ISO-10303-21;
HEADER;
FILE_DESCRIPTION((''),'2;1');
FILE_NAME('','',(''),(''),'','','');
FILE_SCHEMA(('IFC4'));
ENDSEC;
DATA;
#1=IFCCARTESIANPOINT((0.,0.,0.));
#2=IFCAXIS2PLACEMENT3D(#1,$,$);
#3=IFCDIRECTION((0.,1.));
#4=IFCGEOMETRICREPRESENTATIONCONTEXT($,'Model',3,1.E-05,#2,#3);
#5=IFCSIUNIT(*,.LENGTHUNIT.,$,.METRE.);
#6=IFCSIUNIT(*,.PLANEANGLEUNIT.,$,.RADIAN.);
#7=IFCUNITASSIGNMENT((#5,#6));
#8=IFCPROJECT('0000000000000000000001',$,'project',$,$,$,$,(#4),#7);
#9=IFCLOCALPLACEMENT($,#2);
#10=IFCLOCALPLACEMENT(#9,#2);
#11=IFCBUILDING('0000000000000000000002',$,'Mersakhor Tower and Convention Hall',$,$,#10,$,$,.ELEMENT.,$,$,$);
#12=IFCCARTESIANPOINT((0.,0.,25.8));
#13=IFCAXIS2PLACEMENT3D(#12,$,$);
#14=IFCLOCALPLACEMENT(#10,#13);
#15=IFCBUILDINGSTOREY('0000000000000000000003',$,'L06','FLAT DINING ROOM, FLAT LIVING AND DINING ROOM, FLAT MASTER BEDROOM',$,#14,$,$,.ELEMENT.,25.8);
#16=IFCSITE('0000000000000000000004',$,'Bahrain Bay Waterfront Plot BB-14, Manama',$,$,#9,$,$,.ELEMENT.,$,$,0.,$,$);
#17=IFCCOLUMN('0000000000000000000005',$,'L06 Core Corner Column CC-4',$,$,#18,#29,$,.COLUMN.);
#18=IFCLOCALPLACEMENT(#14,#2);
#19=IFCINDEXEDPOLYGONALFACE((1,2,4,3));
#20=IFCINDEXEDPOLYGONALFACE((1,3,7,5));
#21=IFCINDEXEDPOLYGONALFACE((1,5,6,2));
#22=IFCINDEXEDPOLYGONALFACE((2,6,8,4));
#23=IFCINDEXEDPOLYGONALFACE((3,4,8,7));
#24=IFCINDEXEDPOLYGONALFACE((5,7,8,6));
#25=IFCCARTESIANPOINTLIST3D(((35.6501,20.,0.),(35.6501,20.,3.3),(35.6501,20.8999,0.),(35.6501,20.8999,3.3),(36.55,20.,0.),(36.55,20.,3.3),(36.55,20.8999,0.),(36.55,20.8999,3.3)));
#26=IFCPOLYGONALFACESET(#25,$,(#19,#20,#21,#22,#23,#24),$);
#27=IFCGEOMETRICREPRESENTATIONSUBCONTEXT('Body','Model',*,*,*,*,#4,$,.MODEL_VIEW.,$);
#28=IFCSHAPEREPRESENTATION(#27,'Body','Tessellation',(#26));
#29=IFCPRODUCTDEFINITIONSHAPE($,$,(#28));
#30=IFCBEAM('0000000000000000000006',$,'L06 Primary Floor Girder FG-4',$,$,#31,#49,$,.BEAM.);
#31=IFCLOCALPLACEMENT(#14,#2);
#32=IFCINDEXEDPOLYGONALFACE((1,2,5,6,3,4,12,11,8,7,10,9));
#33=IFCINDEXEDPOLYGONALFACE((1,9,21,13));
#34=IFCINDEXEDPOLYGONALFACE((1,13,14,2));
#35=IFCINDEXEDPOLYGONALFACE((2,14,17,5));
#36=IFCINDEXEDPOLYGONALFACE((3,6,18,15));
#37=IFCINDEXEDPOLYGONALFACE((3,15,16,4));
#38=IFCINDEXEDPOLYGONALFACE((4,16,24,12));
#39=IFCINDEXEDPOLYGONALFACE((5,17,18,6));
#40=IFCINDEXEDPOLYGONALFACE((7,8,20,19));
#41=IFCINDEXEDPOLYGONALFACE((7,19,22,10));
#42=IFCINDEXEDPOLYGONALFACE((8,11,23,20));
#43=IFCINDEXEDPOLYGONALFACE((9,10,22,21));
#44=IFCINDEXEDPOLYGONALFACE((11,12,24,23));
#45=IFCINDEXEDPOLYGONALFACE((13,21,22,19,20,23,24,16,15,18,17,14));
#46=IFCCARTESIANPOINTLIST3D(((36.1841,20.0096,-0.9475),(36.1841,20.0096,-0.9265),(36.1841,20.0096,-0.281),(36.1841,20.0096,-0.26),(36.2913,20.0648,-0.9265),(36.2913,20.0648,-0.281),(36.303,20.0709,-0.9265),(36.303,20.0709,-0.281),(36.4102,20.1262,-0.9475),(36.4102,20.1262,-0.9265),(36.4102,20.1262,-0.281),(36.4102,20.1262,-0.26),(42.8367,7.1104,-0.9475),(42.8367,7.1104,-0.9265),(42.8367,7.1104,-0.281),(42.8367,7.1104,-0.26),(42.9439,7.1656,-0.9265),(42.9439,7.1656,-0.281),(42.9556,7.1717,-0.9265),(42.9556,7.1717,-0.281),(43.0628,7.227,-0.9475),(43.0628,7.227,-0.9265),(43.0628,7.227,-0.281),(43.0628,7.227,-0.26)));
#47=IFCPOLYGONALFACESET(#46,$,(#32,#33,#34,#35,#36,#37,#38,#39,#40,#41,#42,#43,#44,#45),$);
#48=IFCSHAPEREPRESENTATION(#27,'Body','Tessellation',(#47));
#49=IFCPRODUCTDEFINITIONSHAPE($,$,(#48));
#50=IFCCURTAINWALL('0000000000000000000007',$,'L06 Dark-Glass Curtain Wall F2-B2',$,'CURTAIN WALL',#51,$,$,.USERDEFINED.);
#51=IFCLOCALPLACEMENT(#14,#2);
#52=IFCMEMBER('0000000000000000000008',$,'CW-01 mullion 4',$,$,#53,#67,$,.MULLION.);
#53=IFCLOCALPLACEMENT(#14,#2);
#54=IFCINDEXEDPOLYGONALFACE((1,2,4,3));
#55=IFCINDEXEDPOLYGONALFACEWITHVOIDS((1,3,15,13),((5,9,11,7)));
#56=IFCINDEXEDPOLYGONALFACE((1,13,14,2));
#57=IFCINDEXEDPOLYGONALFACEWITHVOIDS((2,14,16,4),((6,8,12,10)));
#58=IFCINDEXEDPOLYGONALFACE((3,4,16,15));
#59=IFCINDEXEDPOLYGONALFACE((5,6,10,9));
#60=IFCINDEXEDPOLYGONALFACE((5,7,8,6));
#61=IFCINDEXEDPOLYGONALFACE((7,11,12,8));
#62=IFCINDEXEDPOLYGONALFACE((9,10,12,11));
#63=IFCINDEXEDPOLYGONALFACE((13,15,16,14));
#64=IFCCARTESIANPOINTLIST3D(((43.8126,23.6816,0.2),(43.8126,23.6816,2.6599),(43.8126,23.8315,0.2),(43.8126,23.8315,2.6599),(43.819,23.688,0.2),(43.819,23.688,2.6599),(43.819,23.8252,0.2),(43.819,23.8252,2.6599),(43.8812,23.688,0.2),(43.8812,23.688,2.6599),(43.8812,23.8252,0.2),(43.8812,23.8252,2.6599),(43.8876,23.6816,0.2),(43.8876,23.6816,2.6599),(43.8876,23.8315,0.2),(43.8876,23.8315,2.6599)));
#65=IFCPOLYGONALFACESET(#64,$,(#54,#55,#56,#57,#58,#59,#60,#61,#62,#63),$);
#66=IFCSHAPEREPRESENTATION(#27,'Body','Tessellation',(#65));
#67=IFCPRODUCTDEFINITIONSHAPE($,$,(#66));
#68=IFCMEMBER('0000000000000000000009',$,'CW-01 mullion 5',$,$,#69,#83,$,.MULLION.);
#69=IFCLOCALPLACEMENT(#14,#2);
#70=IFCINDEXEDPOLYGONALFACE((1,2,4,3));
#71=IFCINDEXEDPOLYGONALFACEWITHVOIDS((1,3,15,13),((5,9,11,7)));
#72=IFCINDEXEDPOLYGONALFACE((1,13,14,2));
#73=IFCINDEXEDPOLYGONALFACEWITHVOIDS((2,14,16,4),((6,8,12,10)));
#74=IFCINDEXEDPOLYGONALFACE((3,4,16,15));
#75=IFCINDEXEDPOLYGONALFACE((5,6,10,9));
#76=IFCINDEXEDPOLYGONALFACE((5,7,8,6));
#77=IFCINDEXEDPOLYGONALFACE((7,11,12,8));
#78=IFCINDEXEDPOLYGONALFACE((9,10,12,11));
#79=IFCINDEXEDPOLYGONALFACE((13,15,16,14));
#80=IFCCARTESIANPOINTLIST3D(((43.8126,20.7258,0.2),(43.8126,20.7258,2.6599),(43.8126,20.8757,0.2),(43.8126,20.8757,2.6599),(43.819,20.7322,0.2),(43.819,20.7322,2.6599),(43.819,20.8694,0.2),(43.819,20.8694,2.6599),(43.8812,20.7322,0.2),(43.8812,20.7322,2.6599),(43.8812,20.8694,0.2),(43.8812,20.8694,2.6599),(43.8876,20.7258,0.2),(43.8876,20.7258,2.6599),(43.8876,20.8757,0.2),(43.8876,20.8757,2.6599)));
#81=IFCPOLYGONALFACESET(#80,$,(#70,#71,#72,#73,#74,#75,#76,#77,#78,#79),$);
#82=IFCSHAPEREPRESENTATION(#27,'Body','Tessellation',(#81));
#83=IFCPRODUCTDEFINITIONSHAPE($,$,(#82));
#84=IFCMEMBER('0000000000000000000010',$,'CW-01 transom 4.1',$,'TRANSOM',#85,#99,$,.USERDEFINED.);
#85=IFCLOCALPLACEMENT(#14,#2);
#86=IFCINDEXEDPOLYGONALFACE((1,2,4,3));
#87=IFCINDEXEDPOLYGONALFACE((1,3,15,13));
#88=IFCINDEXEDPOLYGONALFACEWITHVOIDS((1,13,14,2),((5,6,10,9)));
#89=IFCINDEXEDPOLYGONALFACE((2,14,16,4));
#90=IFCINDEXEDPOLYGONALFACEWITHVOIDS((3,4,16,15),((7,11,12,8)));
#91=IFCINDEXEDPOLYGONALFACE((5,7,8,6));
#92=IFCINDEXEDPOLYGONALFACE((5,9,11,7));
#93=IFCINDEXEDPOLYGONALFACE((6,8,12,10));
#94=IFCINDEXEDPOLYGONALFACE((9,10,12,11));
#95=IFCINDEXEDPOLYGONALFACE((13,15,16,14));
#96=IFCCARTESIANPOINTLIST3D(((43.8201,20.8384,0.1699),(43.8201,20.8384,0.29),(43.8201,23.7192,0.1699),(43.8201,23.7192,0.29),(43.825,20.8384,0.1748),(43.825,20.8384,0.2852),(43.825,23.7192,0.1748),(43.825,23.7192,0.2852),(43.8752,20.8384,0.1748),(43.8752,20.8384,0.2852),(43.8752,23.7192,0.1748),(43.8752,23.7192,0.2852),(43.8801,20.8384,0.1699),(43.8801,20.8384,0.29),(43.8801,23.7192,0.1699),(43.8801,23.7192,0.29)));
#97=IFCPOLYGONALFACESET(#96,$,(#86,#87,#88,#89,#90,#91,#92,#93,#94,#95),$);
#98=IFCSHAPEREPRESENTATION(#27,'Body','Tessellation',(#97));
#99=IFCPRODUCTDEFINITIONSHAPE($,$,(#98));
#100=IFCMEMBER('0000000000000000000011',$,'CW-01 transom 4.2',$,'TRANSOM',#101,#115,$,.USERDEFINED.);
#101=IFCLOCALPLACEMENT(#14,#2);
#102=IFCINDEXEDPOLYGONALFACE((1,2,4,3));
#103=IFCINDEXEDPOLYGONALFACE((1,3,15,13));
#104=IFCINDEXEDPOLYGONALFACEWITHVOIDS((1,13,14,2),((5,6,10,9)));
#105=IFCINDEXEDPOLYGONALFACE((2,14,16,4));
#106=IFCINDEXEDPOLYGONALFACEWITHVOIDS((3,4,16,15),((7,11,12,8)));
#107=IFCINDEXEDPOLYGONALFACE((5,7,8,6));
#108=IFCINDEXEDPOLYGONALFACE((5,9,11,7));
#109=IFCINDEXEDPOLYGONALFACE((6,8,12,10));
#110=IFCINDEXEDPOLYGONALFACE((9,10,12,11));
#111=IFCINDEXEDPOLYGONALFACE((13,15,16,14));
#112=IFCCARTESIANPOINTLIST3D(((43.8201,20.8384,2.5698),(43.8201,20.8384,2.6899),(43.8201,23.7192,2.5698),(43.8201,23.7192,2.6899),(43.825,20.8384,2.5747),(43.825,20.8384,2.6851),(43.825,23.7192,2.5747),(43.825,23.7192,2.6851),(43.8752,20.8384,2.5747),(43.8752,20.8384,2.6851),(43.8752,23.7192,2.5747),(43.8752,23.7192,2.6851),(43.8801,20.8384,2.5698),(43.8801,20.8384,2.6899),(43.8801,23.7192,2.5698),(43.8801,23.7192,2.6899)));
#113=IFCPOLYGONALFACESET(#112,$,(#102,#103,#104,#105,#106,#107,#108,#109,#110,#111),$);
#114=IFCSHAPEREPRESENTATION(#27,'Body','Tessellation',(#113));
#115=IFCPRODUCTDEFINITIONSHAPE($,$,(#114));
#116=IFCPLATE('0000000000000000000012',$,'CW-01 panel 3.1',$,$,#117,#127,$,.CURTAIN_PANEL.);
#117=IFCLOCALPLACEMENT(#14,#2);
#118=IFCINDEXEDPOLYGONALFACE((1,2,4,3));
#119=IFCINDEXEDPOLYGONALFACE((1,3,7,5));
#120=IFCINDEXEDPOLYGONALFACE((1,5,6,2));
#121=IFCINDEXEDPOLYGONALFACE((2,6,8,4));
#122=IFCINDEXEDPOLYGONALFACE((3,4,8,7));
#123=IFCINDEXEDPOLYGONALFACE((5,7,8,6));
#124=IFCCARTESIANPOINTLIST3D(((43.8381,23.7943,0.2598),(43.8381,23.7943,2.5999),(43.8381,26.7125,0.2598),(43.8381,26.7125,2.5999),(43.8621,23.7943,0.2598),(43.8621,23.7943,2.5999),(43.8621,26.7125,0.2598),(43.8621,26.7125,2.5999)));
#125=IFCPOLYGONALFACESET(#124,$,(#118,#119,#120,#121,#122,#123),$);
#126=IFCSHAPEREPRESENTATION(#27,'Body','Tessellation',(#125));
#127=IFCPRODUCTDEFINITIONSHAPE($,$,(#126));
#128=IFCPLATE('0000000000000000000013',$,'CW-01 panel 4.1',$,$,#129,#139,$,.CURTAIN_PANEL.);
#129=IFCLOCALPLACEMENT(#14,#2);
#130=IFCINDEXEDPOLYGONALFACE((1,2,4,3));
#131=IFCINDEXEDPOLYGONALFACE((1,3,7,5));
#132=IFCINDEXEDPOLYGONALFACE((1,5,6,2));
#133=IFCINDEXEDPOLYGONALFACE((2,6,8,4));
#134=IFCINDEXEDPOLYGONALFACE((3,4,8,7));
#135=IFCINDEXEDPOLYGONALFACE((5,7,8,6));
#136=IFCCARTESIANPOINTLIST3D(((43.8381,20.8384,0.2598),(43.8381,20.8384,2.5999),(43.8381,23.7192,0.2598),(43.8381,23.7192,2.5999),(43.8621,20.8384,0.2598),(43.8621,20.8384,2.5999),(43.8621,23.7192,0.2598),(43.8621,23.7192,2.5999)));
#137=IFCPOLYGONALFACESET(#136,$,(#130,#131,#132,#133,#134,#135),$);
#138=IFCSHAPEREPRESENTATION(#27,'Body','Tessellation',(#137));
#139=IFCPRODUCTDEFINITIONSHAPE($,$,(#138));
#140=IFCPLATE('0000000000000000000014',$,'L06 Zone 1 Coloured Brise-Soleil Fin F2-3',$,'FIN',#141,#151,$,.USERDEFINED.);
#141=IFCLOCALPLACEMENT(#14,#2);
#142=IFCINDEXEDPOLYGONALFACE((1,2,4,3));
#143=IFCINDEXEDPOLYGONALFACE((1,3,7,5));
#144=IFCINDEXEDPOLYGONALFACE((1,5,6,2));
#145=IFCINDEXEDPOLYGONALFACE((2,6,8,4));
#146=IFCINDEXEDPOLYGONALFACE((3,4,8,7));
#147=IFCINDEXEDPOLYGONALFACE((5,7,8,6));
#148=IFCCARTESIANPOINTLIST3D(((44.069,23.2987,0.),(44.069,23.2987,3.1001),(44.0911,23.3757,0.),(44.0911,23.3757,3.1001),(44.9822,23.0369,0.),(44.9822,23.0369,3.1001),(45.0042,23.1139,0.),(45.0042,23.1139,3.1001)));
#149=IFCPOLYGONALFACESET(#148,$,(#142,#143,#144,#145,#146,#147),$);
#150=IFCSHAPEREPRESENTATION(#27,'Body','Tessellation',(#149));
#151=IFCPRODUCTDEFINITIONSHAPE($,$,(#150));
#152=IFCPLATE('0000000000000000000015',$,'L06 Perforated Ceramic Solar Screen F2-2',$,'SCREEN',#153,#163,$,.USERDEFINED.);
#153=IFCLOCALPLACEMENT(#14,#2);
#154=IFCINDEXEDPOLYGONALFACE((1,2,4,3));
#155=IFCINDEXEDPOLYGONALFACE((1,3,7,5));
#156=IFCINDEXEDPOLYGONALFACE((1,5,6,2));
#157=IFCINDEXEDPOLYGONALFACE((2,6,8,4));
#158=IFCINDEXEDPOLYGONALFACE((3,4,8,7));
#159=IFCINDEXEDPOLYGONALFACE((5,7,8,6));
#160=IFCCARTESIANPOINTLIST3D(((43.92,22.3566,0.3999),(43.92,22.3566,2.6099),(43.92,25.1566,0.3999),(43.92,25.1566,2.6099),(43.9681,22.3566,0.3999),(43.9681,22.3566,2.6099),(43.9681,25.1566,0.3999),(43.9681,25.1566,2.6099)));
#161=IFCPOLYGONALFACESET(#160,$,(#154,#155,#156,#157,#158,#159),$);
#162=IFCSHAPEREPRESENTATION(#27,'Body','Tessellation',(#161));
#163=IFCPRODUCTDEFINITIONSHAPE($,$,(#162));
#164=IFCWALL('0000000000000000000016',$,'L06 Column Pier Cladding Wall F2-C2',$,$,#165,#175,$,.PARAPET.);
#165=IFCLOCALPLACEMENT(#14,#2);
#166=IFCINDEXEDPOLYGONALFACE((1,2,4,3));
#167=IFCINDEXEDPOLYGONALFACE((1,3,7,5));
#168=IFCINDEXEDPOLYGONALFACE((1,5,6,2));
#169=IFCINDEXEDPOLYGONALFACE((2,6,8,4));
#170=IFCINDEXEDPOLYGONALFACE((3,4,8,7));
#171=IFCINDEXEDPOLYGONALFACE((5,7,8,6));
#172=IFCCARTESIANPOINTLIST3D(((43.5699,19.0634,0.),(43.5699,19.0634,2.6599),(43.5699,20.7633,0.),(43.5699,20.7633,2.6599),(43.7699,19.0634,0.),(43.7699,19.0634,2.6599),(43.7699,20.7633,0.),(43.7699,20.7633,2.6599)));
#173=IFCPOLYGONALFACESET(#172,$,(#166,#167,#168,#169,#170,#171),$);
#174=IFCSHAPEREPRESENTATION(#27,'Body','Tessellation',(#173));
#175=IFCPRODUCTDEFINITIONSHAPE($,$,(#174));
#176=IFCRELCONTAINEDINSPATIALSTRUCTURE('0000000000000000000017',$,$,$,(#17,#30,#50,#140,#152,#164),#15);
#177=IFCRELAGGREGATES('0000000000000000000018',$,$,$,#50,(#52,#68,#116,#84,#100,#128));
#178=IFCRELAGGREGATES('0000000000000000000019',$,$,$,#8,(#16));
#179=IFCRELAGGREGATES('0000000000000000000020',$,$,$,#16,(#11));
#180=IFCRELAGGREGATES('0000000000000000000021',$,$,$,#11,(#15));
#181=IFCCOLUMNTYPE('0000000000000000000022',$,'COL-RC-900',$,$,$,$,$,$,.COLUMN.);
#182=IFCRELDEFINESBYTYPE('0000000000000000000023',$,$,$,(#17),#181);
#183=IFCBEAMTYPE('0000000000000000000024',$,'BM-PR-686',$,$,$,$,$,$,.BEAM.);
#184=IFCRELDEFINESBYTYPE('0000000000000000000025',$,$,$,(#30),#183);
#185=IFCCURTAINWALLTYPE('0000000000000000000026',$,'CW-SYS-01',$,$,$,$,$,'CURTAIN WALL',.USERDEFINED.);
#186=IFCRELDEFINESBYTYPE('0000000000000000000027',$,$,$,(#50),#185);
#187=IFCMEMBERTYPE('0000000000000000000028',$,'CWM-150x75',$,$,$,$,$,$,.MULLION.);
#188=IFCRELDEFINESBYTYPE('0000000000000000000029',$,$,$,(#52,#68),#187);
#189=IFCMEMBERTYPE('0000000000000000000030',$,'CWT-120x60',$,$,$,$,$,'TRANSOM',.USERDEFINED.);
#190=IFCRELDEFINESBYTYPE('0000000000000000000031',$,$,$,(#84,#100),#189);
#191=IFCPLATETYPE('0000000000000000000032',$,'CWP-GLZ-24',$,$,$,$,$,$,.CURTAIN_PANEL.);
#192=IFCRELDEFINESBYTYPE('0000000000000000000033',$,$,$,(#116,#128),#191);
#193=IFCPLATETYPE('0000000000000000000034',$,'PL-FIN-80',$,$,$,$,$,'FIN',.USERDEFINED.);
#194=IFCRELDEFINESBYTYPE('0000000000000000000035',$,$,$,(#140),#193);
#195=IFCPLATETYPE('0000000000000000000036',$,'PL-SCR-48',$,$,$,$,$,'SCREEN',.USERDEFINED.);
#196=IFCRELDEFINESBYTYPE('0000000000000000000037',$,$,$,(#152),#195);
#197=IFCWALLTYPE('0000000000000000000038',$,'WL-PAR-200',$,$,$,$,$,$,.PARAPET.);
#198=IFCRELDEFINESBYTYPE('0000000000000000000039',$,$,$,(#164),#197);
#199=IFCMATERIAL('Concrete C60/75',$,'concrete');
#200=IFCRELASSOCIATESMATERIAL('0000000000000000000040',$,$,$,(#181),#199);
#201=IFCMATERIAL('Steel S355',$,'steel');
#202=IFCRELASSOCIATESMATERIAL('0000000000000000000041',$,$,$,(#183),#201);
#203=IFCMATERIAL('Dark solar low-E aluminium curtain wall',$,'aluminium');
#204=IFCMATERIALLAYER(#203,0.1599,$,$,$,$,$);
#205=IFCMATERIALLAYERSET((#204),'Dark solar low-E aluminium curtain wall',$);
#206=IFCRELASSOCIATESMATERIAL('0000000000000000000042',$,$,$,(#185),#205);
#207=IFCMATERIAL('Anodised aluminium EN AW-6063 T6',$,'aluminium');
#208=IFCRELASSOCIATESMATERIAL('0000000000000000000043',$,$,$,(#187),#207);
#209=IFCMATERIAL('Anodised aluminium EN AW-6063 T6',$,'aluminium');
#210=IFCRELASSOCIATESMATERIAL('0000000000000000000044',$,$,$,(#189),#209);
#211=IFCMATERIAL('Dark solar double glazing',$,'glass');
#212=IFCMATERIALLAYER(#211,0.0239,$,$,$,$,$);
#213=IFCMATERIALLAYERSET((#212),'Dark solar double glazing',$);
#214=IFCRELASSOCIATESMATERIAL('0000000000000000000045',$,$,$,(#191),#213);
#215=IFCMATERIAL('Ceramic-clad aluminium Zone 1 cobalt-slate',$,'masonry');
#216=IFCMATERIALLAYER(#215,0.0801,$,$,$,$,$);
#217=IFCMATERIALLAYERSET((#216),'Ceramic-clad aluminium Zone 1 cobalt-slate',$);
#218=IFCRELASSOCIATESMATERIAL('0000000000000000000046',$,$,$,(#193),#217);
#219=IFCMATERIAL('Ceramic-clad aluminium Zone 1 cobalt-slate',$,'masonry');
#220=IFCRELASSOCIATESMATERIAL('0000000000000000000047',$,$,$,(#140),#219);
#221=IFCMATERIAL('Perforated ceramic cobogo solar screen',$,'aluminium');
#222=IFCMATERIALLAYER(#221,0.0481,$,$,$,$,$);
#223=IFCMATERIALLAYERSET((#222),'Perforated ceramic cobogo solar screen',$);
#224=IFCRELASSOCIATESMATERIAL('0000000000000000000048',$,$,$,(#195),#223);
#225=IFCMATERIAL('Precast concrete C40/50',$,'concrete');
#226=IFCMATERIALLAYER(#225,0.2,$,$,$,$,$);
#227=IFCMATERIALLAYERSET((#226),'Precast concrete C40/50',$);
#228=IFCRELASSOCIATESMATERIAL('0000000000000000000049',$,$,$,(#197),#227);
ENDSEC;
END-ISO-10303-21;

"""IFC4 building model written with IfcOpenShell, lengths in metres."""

from ifc_helpers import new_model, si_unit, direction, frame, frame_2d, origin, origin_2d, place, context, subcontext, project, spatial, rectangle, hollow_rectangle, i_section, extrude, material, layer, layer_set, material_profile, profile_set, type_object, element, aggregate, save


model = new_model("IFC4")

# Units and contexts
model_context = context("Model", 3, precision=1e-05, world=origin(), true_north=direction((0.0, 1.0)))
body_context = subcontext(model_context, "Body", "Model", "MODEL_VIEW")
ifc_project = project(units=[si_unit("LENGTHUNIT", "METRE"), si_unit("PLANEANGLEUNIT", "RADIAN")], contexts=[model_context])

# Site, building, storey
site_placement = place(None, origin())
site = spatial("IfcSite", under=ifc_project, at=site_placement, Name="Bahrain Bay Waterfront Plot BB-14, Manama", CompositionType="ELEMENT", RefElevation=0.0)
building_placement = place(site_placement, origin())
building = spatial("IfcBuilding", under=site, at=building_placement, Name="Mersakhor Tower and Convention Hall", CompositionType="ELEMENT")
storey_placement = place(building_placement, frame((0.0, 0.0, 25.8)))
storey = spatial("IfcBuildingStorey", under=building, at=storey_placement, Name="L06", Description="FLAT DINING ROOM, FLAT LIVING AND DINING ROOM, FLAT MASTER BEDROOM", CompositionType="ELEMENT", Elevation=25.8)

# Column
ifc_material_1 = material(Name="Concrete C60/75", Category="concrete")
ifc_material_profile_1 = material_profile(ifc_material_1, rectangle(XDim=0.8999, YDim=0.8999, at=origin_2d()), Name="RC 900x900")
ifc_profile_set_1 = profile_set([ifc_material_profile_1], Name="Concrete C60/75")
column_type = type_object("IfcColumnType", Name="COL-RC-900", PredefinedType="COLUMN", material=ifc_profile_set_1)
column_placement = place(storey_placement, frame((36.1001, 20.45, 0.0), z_axis=(0.0, 0.0, 1.0), x_axis=(1.0, 0.0, 0.0)))
element("IfcColumn", 1, at=column_placement, inside=storey, type_object=column_type, Name="L06 Core Corner Column CC-4", PredefinedType="COLUMN", context=body_context, shape_type="SweptSolid", body=[
    extrude(rectangle(XDim=0.8999, YDim=0.8999, at=origin_2d()), origin(), (0.0, 0.0, 1.0), 3.3),
])

# Beam
ifc_material_2 = material(Name="Steel S355", Category="steel")
ifc_material_profile_2 = material_profile(ifc_material_2, i_section(OverallWidth=0.2544, OverallDepth=0.6875, WebThickness=0.0132, FlangeThickness=0.021, at=origin_2d()), Name="UB 686x254x152")
ifc_profile_set_2 = profile_set([ifc_material_profile_2], Name="Steel S355")
beam_type = type_object("IfcBeamType", Name="BM-PR-686", PredefinedType="BEAM", material=ifc_profile_set_2)
beam_placement = place(storey_placement, frame((36.2971, 20.0679, -0.6038), z_axis=(0.458368, -0.888762, 0.0), x_axis=(0.888762, 0.458368, 0.0)))
element("IfcBeam", 2, at=beam_placement, inside=storey, type_object=beam_type, Name="L06 Primary Floor Girder FG-4", PredefinedType="BEAM", context=body_context, shape_type="SweptSolid", body=[
    extrude(i_section(OverallWidth=0.2544, OverallDepth=0.6875, WebThickness=0.0132, FlangeThickness=0.021, at=origin_2d()), origin(), (0.0, 0.0, 1.0), 14.5137),
])

# Curtain wall, members, plates
ifc_material_3 = material(Name="Dark solar low-E aluminium curtain wall", Category="aluminium")
ifc_layer_1 = layer(ifc_material_3, 0.1599)
ifc_layer_set_1 = layer_set([ifc_layer_1], Name="Dark solar low-E aluminium curtain wall")
curtain_wall_type = type_object("IfcCurtainWallType", Name="CW-SYS-01", ElementType="CURTAIN WALL", PredefinedType="USERDEFINED", material=ifc_layer_set_1)
curtain_wall_placement = place(storey_placement, origin())
curtain_wall = element("IfcCurtainWall", 3, at=curtain_wall_placement, inside=storey, type_object=curtain_wall_type, Name="L06 Dark-Glass Curtain Wall F2-B2", ObjectType="CURTAIN WALL", PredefinedType="USERDEFINED")
ifc_material_4 = material(Name="Anodised aluminium EN AW-6063 T6", Category="aluminium")
ifc_material_profile_3 = material_profile(ifc_material_4, hollow_rectangle(XDim=0.075, YDim=0.1499, WallThickness=0.0063, at=origin_2d()), Name="RHS 150x75x6.3")
ifc_profile_set_3 = profile_set([ifc_material_profile_3], Name="Anodised aluminium EN AW-6063 T6")
member_type_1 = type_object("IfcMemberType", Name="CWM-150x75", PredefinedType="MULLION", material=ifc_profile_set_3)
member_1_placement = place(storey_placement, frame((43.8501, 23.7566, 0.2), z_axis=(0.0, 0.0, 1.0), x_axis=(1.0, 0.0, 0.0)))
member_1 = element("IfcMember", 4, at=member_1_placement, type_object=member_type_1, Name="CW-01 mullion 4", PredefinedType="MULLION", context=body_context, shape_type="SweptSolid", body=[
    extrude(hollow_rectangle(XDim=0.075, YDim=0.1499, WallThickness=0.0063, at=origin_2d()), origin(), (0.0, 0.0, 1.0), 2.46),
])
member_2_placement = place(storey_placement, frame((43.8501, 20.8008, 0.2), z_axis=(0.0, 0.0, 1.0), x_axis=(1.0, 0.0, 0.0)))
member_2 = element("IfcMember", 5, at=member_2_placement, type_object=member_type_1, Name="CW-01 mullion 5", PredefinedType="MULLION", context=body_context, shape_type="SweptSolid", body=[
    extrude(hollow_rectangle(XDim=0.075, YDim=0.1499, WallThickness=0.0063, at=origin_2d()), origin(), (0.0, 0.0, 1.0), 2.46),
])
ifc_material_5 = material(Name="Anodised aluminium EN AW-6063 T6", Category="aluminium")
ifc_material_profile_4 = material_profile(ifc_material_5, hollow_rectangle(XDim=0.0601, YDim=0.1201, WallThickness=0.0049, at=origin_2d()), Name="RHS 120x60x5")
ifc_profile_set_4 = profile_set([ifc_material_profile_4], Name="Anodised aluminium EN AW-6063 T6")
member_type_2 = type_object("IfcMemberType", Name="CWT-120x60", ElementType="TRANSOM", PredefinedType="USERDEFINED", material=ifc_profile_set_4)
member_3_placement = place(storey_placement, frame((43.8501, 23.7192, 0.23), z_axis=(0.0, -1.0, 0.0), x_axis=(1.0, 0.0, 0.0)))
member_3 = element("IfcMember", 6, at=member_3_placement, type_object=member_type_2, Name="CW-01 transom 4.1", ObjectType="TRANSOM", PredefinedType="USERDEFINED", context=body_context, shape_type="SweptSolid", body=[
    extrude(hollow_rectangle(XDim=0.0601, YDim=0.1201, WallThickness=0.0049, at=origin_2d()), origin(), (0.0, 0.0, 1.0), 2.8809),
])
member_4_placement = place(storey_placement, frame((43.8501, 23.7192, 2.6299), z_axis=(0.0, -1.0, 0.0), x_axis=(1.0, 0.0, 0.0)))
member_4 = element("IfcMember", 7, at=member_4_placement, type_object=member_type_2, Name="CW-01 transom 4.2", ObjectType="TRANSOM", PredefinedType="USERDEFINED", context=body_context, shape_type="SweptSolid", body=[
    extrude(hollow_rectangle(XDim=0.0601, YDim=0.1201, WallThickness=0.0049, at=origin_2d()), origin(), (0.0, 0.0, 1.0), 2.8809),
])
ifc_material_6 = material(Name="Dark solar double glazing", Category="glass")
ifc_layer_2 = layer(ifc_material_6, 0.0239)
ifc_layer_set_2 = layer_set([ifc_layer_2], Name="Dark solar double glazing")
plate_type_1 = type_object("IfcPlateType", Name="CWP-GLZ-24", PredefinedType="CURTAIN_PANEL", material=ifc_layer_set_2)
plate_1_placement = place(storey_placement, frame((43.8501, 25.2534, 0.2598), z_axis=(0.0, 0.0, 1.0), x_axis=(0.0, -1.0, 0.0)))
plate_1 = element("IfcPlate", 8, at=plate_1_placement, type_object=plate_type_1, Name="CW-01 panel 3.1", PredefinedType="CURTAIN_PANEL", context=body_context, shape_type="SweptSolid", body=[
    extrude(rectangle(XDim=2.9182, YDim=0.0239, at=origin_2d()), origin(), (0.0, 0.0, 1.0), 2.3401),
])
plate_2_placement = place(storey_placement, frame((43.8501, 22.2788, 0.2598), z_axis=(0.0, 0.0, 1.0), x_axis=(0.0, -1.0, 0.0)))
plate_2 = element("IfcPlate", 9, at=plate_2_placement, type_object=plate_type_1, Name="CW-01 panel 4.1", PredefinedType="CURTAIN_PANEL", context=body_context, shape_type="SweptSolid", body=[
    extrude(rectangle(XDim=2.8809, YDim=0.0239, at=origin_2d()), origin(), (0.0, 0.0, 1.0), 2.3401),
])
aggregate(curtain_wall, [member_1, member_2, plate_1, member_3, member_4, plate_2])

# Plates
ifc_material_7 = material(Name="Ceramic-clad aluminium Zone 1 cobalt-slate", Category="masonry")
ifc_material_8 = material(Name="Ceramic-clad aluminium Zone 1 cobalt-slate", Category="masonry")
ifc_layer_3 = layer(ifc_material_8, 0.0801)
ifc_layer_set_3 = layer_set([ifc_layer_3], Name="Ceramic-clad aluminium Zone 1 cobalt-slate")
plate_type_2 = type_object("IfcPlateType", Name="PL-FIN-80", ElementType="FIN", PredefinedType="USERDEFINED", material=ifc_layer_set_3)
plate_3_placement = place(storey_placement, frame((44.5366, 23.2063, 0.0), z_axis=(0.0, 0.0, 1.0), x_axis=(0.961262, -0.275637, 0.0)))
element("IfcPlate", 10, at=plate_3_placement, inside=storey, type_object=plate_type_2, material=ifc_material_7, Name="L06 Zone 1 Coloured Brise-Soleil Fin F2-3", ObjectType="FIN", PredefinedType="USERDEFINED", context=body_context, shape_type="SweptSolid", body=[
    extrude(rectangle(XDim=0.95, YDim=0.0801, at=origin_2d()), origin(), (0.0, 0.0, 1.0), 3.1001),
])
ifc_material_9 = material(Name="Perforated ceramic cobogo solar screen", Category="aluminium")
ifc_layer_4 = layer(ifc_material_9, 0.0481)
ifc_layer_set_4 = layer_set([ifc_layer_4], Name="Perforated ceramic cobogo solar screen")
plate_type_3 = type_object("IfcPlateType", Name="PL-SCR-48", ElementType="SCREEN", PredefinedType="USERDEFINED", material=ifc_layer_set_4)
plate_4_placement = place(storey_placement, frame((43.9441, 23.7566, 0.3999), z_axis=(0.0, 0.0, 1.0), x_axis=(0.0, -1.0, 0.0)))
element("IfcPlate", 11, at=plate_4_placement, inside=storey, type_object=plate_type_3, Name="L06 Perforated Ceramic Solar Screen F2-2", ObjectType="SCREEN", PredefinedType="USERDEFINED", context=body_context, shape_type="SweptSolid", body=[
    extrude(rectangle(XDim=2.8, YDim=0.0481, at=origin_2d()), origin(), (0.0, 0.0, 1.0), 2.21),
])

# Wall
ifc_material_10 = material(Name="Precast concrete C40/50", Category="concrete")
ifc_layer_5 = layer(ifc_material_10, 0.2)
ifc_layer_set_5 = layer_set([ifc_layer_5], Name="Precast concrete C40/50")
wall_type_1 = type_object("IfcWallType", Name="WL-PAR-200", PredefinedType="PARAPET", material=ifc_layer_set_5)
wall_1_placement = place(storey_placement, frame((43.6699, 20.7634, 0.0), z_axis=(0.0, 0.0, 1.0), x_axis=(0.0, -1.0, 0.0)))
element("IfcWall", 12, at=wall_1_placement, inside=storey, type_object=wall_type_1, Name="L06 Column Pier Cladding Wall F2-C2", PredefinedType="PARAPET", context=body_context, shape_type="SweptSolid", body=[
    extrude(rectangle(XDim=1.7, YDim=0.2, at=frame_2d((0.8501, 0.0))), origin(), (0.0, 0.0, 1.0), 2.6599),
])

save(model, "model.ifc")
